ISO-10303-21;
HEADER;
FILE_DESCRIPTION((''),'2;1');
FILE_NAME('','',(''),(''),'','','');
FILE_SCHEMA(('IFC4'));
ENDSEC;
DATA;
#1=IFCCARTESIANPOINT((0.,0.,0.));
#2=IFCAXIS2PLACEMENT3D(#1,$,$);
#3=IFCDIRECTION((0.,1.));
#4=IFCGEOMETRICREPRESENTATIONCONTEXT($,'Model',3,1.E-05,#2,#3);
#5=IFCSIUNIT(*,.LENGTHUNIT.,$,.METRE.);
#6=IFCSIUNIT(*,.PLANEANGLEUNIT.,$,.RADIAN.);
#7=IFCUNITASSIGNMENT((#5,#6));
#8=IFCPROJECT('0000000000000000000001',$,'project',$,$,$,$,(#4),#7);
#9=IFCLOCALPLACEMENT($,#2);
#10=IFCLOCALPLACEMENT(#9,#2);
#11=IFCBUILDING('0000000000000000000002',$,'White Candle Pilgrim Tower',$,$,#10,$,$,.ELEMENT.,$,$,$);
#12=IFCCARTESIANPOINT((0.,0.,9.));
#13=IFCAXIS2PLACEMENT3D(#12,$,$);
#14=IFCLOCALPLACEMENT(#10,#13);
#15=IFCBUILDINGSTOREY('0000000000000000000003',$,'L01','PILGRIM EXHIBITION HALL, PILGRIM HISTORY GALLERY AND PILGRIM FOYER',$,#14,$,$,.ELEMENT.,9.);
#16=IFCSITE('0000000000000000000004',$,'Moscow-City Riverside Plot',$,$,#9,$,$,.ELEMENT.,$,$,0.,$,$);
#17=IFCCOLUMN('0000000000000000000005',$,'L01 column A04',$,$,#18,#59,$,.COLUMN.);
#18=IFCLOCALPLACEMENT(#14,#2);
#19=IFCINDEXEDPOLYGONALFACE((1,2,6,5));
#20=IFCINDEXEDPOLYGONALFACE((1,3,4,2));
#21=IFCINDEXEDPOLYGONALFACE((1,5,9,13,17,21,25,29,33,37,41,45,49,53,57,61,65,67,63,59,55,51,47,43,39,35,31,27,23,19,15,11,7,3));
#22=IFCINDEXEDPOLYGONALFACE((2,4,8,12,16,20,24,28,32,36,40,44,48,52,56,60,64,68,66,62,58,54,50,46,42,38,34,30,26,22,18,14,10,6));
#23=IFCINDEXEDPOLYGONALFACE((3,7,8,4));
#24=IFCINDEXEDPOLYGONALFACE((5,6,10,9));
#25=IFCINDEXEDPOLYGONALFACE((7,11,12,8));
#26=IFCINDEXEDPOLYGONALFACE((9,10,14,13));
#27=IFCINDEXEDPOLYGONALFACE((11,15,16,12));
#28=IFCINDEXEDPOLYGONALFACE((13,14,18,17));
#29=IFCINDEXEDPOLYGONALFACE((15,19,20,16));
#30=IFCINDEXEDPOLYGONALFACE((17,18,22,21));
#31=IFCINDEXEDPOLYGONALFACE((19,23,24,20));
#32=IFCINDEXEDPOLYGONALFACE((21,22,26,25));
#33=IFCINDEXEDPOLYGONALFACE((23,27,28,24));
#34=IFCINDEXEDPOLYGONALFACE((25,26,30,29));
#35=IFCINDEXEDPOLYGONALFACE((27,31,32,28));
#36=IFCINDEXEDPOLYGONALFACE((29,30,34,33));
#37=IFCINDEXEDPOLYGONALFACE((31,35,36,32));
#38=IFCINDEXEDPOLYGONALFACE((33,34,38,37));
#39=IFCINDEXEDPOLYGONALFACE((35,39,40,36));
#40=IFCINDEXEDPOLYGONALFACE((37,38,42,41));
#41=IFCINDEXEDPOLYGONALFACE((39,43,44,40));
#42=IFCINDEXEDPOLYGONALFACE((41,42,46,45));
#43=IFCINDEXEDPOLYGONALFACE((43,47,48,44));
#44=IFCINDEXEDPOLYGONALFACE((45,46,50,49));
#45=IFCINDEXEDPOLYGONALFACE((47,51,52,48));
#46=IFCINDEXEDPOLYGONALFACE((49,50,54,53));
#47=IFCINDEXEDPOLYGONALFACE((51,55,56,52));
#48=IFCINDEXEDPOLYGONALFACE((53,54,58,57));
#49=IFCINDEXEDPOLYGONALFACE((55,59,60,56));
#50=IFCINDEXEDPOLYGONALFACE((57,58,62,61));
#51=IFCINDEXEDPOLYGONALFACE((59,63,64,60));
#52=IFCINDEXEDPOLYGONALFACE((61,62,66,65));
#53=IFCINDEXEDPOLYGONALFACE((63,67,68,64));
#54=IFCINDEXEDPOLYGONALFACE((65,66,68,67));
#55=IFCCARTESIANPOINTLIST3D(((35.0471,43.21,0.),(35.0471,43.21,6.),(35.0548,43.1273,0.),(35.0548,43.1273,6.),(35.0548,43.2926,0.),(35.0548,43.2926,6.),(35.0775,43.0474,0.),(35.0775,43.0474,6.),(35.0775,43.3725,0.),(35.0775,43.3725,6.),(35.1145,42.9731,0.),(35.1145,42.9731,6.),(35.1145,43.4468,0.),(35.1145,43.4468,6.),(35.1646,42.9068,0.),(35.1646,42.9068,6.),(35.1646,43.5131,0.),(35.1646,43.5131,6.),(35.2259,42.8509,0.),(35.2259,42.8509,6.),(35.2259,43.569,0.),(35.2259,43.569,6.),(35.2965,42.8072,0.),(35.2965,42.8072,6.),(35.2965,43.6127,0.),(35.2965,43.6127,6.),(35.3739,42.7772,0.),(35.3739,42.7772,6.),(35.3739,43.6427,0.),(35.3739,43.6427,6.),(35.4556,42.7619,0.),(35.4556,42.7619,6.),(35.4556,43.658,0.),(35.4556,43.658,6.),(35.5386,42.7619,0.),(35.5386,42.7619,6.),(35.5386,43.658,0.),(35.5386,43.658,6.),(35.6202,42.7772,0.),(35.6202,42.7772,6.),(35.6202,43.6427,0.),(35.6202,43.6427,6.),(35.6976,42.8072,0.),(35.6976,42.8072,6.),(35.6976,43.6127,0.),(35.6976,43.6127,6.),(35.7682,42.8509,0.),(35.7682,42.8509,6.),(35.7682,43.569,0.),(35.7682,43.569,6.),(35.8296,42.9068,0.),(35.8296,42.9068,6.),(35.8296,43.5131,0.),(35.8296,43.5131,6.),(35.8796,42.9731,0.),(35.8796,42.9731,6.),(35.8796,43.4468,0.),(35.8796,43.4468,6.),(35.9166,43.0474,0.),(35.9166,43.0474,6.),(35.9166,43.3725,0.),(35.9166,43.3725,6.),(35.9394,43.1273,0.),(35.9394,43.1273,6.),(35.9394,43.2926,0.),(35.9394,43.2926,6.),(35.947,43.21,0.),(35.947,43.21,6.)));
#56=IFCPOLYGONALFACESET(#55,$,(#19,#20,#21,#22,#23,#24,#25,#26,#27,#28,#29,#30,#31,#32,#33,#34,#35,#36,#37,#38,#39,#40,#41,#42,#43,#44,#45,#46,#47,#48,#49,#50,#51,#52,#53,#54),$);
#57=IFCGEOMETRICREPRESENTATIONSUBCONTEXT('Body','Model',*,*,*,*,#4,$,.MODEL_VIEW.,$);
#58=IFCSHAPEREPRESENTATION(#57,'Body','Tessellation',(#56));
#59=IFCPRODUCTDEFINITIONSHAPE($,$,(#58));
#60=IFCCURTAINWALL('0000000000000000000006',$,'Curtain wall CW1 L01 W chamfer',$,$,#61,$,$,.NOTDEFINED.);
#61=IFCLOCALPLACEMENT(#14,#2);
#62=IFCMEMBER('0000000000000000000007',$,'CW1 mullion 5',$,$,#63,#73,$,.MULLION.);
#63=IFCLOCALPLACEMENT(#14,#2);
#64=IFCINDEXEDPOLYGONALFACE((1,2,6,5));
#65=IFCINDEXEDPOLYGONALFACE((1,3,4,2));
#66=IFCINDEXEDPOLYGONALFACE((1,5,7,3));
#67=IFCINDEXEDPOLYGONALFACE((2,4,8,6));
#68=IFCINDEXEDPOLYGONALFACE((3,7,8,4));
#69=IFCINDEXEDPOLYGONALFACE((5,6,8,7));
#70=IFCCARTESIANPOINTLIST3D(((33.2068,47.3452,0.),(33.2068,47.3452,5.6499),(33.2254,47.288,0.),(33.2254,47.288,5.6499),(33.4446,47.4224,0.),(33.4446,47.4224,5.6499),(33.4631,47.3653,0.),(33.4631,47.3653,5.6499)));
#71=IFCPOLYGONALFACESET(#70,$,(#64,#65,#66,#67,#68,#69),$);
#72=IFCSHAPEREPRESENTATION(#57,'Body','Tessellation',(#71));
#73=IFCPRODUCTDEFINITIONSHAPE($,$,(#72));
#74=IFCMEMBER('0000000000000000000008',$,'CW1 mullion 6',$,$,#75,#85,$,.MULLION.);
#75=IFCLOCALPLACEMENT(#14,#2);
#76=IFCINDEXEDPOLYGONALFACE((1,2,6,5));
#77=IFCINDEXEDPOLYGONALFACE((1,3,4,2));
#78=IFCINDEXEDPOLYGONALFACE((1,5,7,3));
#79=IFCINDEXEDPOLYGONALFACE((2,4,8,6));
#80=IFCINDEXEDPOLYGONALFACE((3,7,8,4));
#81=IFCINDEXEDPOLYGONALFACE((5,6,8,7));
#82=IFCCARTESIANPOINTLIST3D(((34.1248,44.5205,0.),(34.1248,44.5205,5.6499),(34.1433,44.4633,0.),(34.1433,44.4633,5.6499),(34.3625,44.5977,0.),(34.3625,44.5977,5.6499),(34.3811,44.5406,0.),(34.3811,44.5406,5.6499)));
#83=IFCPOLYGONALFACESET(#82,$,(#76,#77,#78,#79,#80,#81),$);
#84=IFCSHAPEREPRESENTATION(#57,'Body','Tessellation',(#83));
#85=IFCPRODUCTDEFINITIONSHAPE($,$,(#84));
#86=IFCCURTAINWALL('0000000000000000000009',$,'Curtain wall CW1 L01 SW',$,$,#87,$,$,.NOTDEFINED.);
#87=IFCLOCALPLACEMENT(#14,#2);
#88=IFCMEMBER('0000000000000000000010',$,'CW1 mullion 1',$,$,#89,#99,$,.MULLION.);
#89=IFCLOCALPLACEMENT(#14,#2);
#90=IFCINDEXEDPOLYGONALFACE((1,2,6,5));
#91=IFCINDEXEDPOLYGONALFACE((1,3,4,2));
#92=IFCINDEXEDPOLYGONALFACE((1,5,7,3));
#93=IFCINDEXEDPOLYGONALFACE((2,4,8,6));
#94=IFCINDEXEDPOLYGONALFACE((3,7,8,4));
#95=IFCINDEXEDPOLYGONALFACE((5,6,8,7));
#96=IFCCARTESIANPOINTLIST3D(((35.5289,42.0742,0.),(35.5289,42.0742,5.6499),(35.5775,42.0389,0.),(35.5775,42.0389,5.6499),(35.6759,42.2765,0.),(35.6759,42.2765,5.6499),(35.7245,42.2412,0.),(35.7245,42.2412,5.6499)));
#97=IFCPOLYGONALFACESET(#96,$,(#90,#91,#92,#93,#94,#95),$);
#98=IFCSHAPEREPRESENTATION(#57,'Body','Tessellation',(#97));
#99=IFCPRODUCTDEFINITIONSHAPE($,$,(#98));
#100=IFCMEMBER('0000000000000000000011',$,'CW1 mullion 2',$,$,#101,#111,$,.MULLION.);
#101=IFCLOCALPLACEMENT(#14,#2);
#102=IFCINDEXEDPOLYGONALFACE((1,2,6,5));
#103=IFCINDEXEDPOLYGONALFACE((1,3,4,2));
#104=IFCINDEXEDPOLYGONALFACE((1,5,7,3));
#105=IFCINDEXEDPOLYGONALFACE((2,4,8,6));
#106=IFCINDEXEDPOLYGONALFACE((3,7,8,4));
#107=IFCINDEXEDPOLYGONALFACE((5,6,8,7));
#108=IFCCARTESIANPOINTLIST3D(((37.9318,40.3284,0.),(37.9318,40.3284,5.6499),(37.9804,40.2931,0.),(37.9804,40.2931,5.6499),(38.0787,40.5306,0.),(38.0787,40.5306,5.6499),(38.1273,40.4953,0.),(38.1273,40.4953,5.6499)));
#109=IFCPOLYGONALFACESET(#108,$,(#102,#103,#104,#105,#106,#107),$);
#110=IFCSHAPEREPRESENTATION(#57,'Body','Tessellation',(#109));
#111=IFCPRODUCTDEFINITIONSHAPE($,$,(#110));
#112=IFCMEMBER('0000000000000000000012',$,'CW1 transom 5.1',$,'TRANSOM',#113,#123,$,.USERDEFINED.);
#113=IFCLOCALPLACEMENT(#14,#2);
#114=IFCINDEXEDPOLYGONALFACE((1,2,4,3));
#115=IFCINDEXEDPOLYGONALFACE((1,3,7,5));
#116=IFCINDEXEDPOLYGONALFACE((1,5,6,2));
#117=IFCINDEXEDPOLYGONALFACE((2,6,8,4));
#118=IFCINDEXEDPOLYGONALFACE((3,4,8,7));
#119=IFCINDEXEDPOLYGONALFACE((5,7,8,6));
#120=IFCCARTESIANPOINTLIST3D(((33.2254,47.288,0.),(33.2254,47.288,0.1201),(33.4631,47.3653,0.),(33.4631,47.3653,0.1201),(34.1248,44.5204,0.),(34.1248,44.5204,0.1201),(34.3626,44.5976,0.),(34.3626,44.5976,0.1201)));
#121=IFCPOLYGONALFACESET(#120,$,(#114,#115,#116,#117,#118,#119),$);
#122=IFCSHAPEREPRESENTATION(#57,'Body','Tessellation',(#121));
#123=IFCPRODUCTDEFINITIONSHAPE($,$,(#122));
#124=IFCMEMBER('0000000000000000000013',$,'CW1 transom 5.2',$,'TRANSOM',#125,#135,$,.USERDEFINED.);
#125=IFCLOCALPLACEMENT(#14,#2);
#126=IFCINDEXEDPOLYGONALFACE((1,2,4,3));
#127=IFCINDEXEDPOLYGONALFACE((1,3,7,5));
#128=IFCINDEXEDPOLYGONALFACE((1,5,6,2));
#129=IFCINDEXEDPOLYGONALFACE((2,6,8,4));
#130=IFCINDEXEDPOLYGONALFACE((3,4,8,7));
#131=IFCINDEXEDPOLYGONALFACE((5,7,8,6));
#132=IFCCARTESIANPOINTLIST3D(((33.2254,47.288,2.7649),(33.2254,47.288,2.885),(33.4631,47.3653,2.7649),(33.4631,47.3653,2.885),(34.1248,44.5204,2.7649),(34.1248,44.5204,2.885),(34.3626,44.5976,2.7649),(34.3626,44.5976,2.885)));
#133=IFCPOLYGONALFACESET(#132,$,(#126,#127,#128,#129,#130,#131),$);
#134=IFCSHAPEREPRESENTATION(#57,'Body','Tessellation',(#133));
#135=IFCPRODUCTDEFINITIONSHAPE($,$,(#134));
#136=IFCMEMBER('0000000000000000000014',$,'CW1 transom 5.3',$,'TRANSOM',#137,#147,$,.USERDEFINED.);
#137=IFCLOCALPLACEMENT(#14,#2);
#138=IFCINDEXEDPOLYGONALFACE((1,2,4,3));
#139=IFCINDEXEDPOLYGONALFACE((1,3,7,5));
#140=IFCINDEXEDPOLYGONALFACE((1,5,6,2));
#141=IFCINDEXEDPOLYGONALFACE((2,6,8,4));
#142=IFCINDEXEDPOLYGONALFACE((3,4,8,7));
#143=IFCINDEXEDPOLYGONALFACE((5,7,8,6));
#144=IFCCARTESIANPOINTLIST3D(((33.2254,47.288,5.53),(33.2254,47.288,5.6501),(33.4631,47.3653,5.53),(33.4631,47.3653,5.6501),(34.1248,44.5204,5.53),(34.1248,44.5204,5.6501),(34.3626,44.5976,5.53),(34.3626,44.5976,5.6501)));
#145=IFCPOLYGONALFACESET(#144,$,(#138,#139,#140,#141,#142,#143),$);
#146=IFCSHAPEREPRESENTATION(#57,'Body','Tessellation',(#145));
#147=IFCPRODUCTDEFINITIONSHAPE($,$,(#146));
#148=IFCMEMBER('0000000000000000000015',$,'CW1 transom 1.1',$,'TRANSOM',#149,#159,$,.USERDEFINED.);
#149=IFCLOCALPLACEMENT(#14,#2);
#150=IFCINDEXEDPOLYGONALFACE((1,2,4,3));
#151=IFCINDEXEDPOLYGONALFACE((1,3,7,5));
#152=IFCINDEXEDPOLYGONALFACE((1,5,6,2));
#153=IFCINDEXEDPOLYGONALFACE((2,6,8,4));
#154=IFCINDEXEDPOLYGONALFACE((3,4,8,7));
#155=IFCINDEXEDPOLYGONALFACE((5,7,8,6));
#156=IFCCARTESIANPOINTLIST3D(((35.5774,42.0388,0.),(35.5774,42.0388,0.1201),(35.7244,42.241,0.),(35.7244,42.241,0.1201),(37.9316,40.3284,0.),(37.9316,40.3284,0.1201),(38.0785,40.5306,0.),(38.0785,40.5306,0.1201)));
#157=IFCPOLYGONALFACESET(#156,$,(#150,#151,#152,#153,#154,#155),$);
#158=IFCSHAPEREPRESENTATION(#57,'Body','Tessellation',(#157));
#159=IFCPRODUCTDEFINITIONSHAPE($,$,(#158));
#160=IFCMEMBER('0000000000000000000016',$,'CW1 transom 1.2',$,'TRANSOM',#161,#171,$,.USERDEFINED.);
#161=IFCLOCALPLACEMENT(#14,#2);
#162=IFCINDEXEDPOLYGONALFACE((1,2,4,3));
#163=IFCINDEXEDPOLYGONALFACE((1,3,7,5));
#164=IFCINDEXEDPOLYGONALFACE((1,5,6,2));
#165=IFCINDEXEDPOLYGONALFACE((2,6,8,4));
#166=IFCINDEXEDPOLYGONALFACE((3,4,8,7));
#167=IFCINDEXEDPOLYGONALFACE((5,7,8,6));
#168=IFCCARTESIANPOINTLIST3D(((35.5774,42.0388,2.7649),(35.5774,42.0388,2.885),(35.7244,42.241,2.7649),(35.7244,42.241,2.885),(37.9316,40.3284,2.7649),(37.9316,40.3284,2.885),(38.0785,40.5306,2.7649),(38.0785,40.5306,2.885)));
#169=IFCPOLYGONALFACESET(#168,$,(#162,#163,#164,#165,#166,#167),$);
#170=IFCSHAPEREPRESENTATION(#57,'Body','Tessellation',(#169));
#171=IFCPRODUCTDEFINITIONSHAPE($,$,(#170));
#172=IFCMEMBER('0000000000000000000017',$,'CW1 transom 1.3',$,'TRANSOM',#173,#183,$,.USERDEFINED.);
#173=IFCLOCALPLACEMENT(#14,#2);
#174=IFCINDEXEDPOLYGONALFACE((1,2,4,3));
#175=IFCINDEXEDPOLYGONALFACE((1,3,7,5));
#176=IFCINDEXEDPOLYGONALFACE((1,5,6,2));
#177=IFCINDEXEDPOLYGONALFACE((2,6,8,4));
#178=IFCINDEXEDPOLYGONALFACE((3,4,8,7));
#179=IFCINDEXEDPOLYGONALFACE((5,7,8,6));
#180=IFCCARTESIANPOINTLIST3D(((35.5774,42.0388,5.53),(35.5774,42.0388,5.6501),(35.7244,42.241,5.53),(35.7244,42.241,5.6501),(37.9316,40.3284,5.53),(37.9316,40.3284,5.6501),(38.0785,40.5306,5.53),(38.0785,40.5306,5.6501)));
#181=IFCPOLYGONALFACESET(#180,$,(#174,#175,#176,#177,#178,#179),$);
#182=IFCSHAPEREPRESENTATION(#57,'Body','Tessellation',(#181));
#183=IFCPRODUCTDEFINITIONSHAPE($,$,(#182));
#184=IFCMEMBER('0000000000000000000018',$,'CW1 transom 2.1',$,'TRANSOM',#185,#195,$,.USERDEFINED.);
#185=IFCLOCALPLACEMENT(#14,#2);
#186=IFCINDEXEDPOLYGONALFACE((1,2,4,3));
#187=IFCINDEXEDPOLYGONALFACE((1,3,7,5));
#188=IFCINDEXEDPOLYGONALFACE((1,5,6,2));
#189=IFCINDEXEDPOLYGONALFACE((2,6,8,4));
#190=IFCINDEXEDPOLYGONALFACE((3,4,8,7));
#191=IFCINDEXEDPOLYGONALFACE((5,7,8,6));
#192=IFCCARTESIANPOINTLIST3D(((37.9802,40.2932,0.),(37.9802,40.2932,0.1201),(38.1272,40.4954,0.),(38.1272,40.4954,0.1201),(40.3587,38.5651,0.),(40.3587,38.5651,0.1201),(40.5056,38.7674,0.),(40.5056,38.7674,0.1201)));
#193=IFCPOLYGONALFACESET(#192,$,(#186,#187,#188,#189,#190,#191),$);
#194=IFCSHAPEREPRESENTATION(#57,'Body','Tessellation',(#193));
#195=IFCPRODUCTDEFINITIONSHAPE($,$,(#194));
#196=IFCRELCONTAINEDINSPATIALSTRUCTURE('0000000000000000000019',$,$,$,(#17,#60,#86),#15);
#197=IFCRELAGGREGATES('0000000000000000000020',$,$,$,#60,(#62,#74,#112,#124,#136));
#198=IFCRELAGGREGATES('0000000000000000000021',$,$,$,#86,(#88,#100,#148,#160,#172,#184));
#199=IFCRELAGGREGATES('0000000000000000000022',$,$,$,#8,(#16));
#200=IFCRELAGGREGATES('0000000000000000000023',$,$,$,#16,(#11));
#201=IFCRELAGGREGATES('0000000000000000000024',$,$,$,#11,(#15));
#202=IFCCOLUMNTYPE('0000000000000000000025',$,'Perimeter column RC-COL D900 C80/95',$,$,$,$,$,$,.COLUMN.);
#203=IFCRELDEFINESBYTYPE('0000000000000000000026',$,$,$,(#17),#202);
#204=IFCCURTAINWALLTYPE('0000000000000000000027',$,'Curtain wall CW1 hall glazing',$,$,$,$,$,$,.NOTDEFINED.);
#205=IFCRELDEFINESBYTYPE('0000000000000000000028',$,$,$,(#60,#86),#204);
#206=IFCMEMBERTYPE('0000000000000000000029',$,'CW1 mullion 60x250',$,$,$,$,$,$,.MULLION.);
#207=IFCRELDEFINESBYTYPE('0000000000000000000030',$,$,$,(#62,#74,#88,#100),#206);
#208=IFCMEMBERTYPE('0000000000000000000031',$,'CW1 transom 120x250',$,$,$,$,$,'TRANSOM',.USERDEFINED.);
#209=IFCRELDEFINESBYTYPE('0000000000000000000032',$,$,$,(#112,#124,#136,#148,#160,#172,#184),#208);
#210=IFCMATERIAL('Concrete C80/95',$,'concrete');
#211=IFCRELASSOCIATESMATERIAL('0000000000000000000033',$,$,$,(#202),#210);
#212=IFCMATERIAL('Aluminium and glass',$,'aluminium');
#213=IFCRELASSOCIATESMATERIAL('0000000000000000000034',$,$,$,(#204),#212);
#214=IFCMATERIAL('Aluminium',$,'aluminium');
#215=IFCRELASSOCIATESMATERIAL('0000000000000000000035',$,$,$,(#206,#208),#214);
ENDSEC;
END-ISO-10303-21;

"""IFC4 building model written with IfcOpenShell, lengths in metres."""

from ifc_helpers import new_model, si_unit, direction, frame, origin, origin_2d, place, context, subcontext, project, spatial, rectangle, circle, extrude, material, material_profile, profile_set, type_object, element, aggregate, save


model = new_model("IFC4")

# Units and contexts
model_context = context("Model", 3, precision=1e-05, world=origin(), true_north=direction((0.0, 1.0)))
body_context = subcontext(model_context, "Body", "Model", "MODEL_VIEW")
ifc_project = project(units=[si_unit("LENGTHUNIT", "METRE"), si_unit("PLANEANGLEUNIT", "RADIAN")], contexts=[model_context])

# Site, building, storey
site_placement = place(None, origin())
site = spatial("IfcSite", under=ifc_project, at=site_placement, Name="Moscow-City Riverside Plot", CompositionType="ELEMENT", RefElevation=0.0)
building_placement = place(site_placement, origin())
building = spatial("IfcBuilding", under=site, at=building_placement, Name="White Candle Pilgrim Tower", CompositionType="ELEMENT")
storey_placement = place(building_placement, frame((0.0, 0.0, 9.0)))
storey = spatial("IfcBuildingStorey", under=building, at=storey_placement, Name="L01", Description="PILGRIM EXHIBITION HALL, PILGRIM HISTORY GALLERY AND PILGRIM FOYER", CompositionType="ELEMENT", Elevation=9.0)

# Column
ifc_material_1 = material(Name="Concrete C80/95", Category="concrete")
ifc_material_profile_1 = material_profile(ifc_material_1, circle(Radius=0.45, at=origin_2d()), Name="RC-COL D900")
ifc_profile_set_1 = profile_set([ifc_material_profile_1], Name="Concrete C80/95")
column_type = type_object("IfcColumnType", Name="Perimeter column RC-COL D900 C80/95", PredefinedType="COLUMN", material=ifc_profile_set_1)
column_placement = place(storey_placement, frame((35.4971, 43.21, 0.0), z_axis=(0.0, 0.0, 1.0), x_axis=(1.0, 0.0, 0.0)))
element("IfcColumn", 1, at=column_placement, inside=storey, type_object=column_type, Name="L01 column A04", PredefinedType="COLUMN", context=body_context, shape_type="SweptSolid", body=[
    extrude(circle(Radius=0.45, at=origin_2d()), origin(), (0.0, 0.0, 1.0), 6.0),
])

# Curtain walls, members
ifc_material_2 = material(Name="Aluminium and glass", Category="aluminium")
curtain_wall_type = type_object("IfcCurtainWallType", Name="Curtain wall CW1 hall glazing", PredefinedType="NOTDEFINED", material=ifc_material_2)
curtain_wall_1_placement = place(storey_placement, origin())
curtain_wall_1 = element("IfcCurtainWall", 2, at=curtain_wall_1_placement, inside=storey, type_object=curtain_wall_type, Name="Curtain wall CW1 L01 W chamfer", PredefinedType="NOTDEFINED")
ifc_material_3 = material(Name="Aluminium", Category="aluminium")
ifc_material_profile_2 = material_profile(ifc_material_3, rectangle(XDim=0.25, YDim=0.0601, at=origin_2d()), Name="CW1 mullion 60x250")
ifc_profile_set_2 = profile_set([ifc_material_profile_2], Name="Aluminium")
member_type_1 = type_object("IfcMemberType", Name="CW1 mullion 60x250", PredefinedType="MULLION", material=ifc_profile_set_2)
member_1_placement = place(storey_placement, frame((33.335, 47.3552, 0.0), z_axis=(0.0, 0.0, 1.0), x_axis=(0.951057, 0.309017, 0.0)))
member_1 = element("IfcMember", 3, at=member_1_placement, type_object=member_type_1, Name="CW1 mullion 5", PredefinedType="MULLION", context=body_context, shape_type="SweptSolid", body=[
    extrude(rectangle(XDim=0.25, YDim=0.0601, at=origin_2d()), origin(), (0.0, 0.0, 1.0), 5.6499),
])
member_2_placement = place(storey_placement, frame((34.2529, 44.5305, 0.0), z_axis=(0.0, 0.0, 1.0), x_axis=(0.951057, 0.309017, 0.0)))
member_2 = element("IfcMember", 4, at=member_2_placement, type_object=member_type_1, Name="CW1 mullion 6", PredefinedType="MULLION", context=body_context, shape_type="SweptSolid", body=[
    extrude(rectangle(XDim=0.25, YDim=0.0601, at=origin_2d()), origin(), (0.0, 0.0, 1.0), 5.6499),
])
curtain_wall_2_placement = place(storey_placement, origin())
curtain_wall_2 = element("IfcCurtainWall", 5, at=curtain_wall_2_placement, inside=storey, type_object=curtain_wall_type, Name="Curtain wall CW1 L01 SW", PredefinedType="NOTDEFINED")
member_3_placement = place(storey_placement, frame((35.6267, 42.1577, 0.0), z_axis=(0.0, 0.0, 1.0), x_axis=(0.587785, 0.809017, 0.0)))
member_3 = element("IfcMember", 6, at=member_3_placement, type_object=member_type_1, Name="CW1 mullion 1", PredefinedType="MULLION", context=body_context, shape_type="SweptSolid", body=[
    extrude(rectangle(XDim=0.25, YDim=0.0601, at=origin_2d()), origin(), (0.0, 0.0, 1.0), 5.6499),
])
member_4_placement = place(storey_placement, frame((38.0295, 40.4119, 0.0), z_axis=(0.0, 0.0, 1.0), x_axis=(0.587785, 0.809017, 0.0)))
member_4 = element("IfcMember", 7, at=member_4_placement, type_object=member_type_1, Name="CW1 mullion 2", PredefinedType="MULLION", context=body_context, shape_type="SweptSolid", body=[
    extrude(rectangle(XDim=0.25, YDim=0.0601, at=origin_2d()), origin(), (0.0, 0.0, 1.0), 5.6499),
])

# Members
ifc_material_profile_3 = material_profile(ifc_material_3, rectangle(XDim=0.25, YDim=0.1201, at=origin_2d()), Name="CW1 transom 120x250")
ifc_profile_set_3 = profile_set([ifc_material_profile_3], Name="Aluminium")
member_type_2 = type_object("IfcMemberType", Name="CW1 transom 120x250", ElementType="TRANSOM", PredefinedType="USERDEFINED", material=ifc_profile_set_3)
member_5_placement = place(storey_placement, frame((33.3442, 47.3267, 0.0601), z_axis=(0.309071, -0.951039, 0.0), x_axis=(0.951039, 0.309071, 0.0)))
member_5 = element("IfcMember", 8, at=member_5_placement, type_object=member_type_2, Name="CW1 transom 5.1", ObjectType="TRANSOM", PredefinedType="USERDEFINED", context=body_context, shape_type="SweptSolid", body=[
    extrude(rectangle(XDim=0.25, YDim=0.1201, at=origin_2d()), origin(), (0.0, 0.0, 1.0), 2.9102),
])
member_6_placement = place(storey_placement, frame((33.3442, 47.3267, 2.825), z_axis=(0.309071, -0.951039, 0.0), x_axis=(0.951039, 0.309071, 0.0)))
member_6 = element("IfcMember", 9, at=member_6_placement, type_object=member_type_2, Name="CW1 transom 5.2", ObjectType="TRANSOM", PredefinedType="USERDEFINED", context=body_context, shape_type="SweptSolid", body=[
    extrude(rectangle(XDim=0.25, YDim=0.1201, at=origin_2d()), origin(), (0.0, 0.0, 1.0), 2.9102),
])
member_7_placement = place(storey_placement, frame((33.3442, 47.3267, 5.5901), z_axis=(0.309071, -0.951039, 0.0), x_axis=(0.951039, 0.309071, 0.0)))
member_7 = element("IfcMember", 10, at=member_7_placement, type_object=member_type_2, Name="CW1 transom 5.3", ObjectType="TRANSOM", PredefinedType="USERDEFINED", context=body_context, shape_type="SweptSolid", body=[
    extrude(rectangle(XDim=0.25, YDim=0.1201, at=origin_2d()), origin(), (0.0, 0.0, 1.0), 2.9102),
])
member_8_placement = place(storey_placement, frame((35.6509, 42.1399, 0.0601), z_axis=(0.809019, -0.587783, 0.0), x_axis=(0.587783, 0.809019, 0.0)))
member_8 = element("IfcMember", 11, at=member_8_placement, type_object=member_type_2, Name="CW1 transom 1.1", ObjectType="TRANSOM", PredefinedType="USERDEFINED", context=body_context, shape_type="SweptSolid", body=[
    extrude(rectangle(XDim=0.25, YDim=0.1201, at=origin_2d()), origin(), (0.0, 0.0, 1.0), 2.9099),
])
member_9_placement = place(storey_placement, frame((35.6509, 42.1399, 2.825), z_axis=(0.809019, -0.587783, 0.0), x_axis=(0.587783, 0.809019, 0.0)))
member_9 = element("IfcMember", 12, at=member_9_placement, type_object=member_type_2, Name="CW1 transom 1.2", ObjectType="TRANSOM", PredefinedType="USERDEFINED", context=body_context, shape_type="SweptSolid", body=[
    extrude(rectangle(XDim=0.25, YDim=0.1201, at=origin_2d()), origin(), (0.0, 0.0, 1.0), 2.9099),
])
member_10_placement = place(storey_placement, frame((35.6509, 42.1399, 5.5901), z_axis=(0.809019, -0.587783, 0.0), x_axis=(0.587783, 0.809019, 0.0)))
member_10 = element("IfcMember", 13, at=member_10_placement, type_object=member_type_2, Name="CW1 transom 1.3", ObjectType="TRANSOM", PredefinedType="USERDEFINED", context=body_context, shape_type="SweptSolid", body=[
    extrude(rectangle(XDim=0.25, YDim=0.1201, at=origin_2d()), origin(), (0.0, 0.0, 1.0), 2.9099),
])
member_11_placement = place(storey_placement, frame((38.0537, 40.3943, 0.0601), z_axis=(0.809016, -0.587786, 0.0), x_axis=(0.587786, 0.809016, 0.0)))
member_11 = element("IfcMember", 14, at=member_11_placement, type_object=member_type_2, Name="CW1 transom 2.1", ObjectType="TRANSOM", PredefinedType="USERDEFINED", context=body_context, shape_type="SweptSolid", body=[
    extrude(rectangle(XDim=0.25, YDim=0.1201, at=origin_2d()), origin(), (0.0, 0.0, 1.0), 2.9399),
])

aggregate(curtain_wall_1, [member_1, member_2, member_5, member_6, member_7])
aggregate(curtain_wall_2, [member_3, member_4, member_8, member_9, member_10, member_11])

save(model, "model.ifc")
